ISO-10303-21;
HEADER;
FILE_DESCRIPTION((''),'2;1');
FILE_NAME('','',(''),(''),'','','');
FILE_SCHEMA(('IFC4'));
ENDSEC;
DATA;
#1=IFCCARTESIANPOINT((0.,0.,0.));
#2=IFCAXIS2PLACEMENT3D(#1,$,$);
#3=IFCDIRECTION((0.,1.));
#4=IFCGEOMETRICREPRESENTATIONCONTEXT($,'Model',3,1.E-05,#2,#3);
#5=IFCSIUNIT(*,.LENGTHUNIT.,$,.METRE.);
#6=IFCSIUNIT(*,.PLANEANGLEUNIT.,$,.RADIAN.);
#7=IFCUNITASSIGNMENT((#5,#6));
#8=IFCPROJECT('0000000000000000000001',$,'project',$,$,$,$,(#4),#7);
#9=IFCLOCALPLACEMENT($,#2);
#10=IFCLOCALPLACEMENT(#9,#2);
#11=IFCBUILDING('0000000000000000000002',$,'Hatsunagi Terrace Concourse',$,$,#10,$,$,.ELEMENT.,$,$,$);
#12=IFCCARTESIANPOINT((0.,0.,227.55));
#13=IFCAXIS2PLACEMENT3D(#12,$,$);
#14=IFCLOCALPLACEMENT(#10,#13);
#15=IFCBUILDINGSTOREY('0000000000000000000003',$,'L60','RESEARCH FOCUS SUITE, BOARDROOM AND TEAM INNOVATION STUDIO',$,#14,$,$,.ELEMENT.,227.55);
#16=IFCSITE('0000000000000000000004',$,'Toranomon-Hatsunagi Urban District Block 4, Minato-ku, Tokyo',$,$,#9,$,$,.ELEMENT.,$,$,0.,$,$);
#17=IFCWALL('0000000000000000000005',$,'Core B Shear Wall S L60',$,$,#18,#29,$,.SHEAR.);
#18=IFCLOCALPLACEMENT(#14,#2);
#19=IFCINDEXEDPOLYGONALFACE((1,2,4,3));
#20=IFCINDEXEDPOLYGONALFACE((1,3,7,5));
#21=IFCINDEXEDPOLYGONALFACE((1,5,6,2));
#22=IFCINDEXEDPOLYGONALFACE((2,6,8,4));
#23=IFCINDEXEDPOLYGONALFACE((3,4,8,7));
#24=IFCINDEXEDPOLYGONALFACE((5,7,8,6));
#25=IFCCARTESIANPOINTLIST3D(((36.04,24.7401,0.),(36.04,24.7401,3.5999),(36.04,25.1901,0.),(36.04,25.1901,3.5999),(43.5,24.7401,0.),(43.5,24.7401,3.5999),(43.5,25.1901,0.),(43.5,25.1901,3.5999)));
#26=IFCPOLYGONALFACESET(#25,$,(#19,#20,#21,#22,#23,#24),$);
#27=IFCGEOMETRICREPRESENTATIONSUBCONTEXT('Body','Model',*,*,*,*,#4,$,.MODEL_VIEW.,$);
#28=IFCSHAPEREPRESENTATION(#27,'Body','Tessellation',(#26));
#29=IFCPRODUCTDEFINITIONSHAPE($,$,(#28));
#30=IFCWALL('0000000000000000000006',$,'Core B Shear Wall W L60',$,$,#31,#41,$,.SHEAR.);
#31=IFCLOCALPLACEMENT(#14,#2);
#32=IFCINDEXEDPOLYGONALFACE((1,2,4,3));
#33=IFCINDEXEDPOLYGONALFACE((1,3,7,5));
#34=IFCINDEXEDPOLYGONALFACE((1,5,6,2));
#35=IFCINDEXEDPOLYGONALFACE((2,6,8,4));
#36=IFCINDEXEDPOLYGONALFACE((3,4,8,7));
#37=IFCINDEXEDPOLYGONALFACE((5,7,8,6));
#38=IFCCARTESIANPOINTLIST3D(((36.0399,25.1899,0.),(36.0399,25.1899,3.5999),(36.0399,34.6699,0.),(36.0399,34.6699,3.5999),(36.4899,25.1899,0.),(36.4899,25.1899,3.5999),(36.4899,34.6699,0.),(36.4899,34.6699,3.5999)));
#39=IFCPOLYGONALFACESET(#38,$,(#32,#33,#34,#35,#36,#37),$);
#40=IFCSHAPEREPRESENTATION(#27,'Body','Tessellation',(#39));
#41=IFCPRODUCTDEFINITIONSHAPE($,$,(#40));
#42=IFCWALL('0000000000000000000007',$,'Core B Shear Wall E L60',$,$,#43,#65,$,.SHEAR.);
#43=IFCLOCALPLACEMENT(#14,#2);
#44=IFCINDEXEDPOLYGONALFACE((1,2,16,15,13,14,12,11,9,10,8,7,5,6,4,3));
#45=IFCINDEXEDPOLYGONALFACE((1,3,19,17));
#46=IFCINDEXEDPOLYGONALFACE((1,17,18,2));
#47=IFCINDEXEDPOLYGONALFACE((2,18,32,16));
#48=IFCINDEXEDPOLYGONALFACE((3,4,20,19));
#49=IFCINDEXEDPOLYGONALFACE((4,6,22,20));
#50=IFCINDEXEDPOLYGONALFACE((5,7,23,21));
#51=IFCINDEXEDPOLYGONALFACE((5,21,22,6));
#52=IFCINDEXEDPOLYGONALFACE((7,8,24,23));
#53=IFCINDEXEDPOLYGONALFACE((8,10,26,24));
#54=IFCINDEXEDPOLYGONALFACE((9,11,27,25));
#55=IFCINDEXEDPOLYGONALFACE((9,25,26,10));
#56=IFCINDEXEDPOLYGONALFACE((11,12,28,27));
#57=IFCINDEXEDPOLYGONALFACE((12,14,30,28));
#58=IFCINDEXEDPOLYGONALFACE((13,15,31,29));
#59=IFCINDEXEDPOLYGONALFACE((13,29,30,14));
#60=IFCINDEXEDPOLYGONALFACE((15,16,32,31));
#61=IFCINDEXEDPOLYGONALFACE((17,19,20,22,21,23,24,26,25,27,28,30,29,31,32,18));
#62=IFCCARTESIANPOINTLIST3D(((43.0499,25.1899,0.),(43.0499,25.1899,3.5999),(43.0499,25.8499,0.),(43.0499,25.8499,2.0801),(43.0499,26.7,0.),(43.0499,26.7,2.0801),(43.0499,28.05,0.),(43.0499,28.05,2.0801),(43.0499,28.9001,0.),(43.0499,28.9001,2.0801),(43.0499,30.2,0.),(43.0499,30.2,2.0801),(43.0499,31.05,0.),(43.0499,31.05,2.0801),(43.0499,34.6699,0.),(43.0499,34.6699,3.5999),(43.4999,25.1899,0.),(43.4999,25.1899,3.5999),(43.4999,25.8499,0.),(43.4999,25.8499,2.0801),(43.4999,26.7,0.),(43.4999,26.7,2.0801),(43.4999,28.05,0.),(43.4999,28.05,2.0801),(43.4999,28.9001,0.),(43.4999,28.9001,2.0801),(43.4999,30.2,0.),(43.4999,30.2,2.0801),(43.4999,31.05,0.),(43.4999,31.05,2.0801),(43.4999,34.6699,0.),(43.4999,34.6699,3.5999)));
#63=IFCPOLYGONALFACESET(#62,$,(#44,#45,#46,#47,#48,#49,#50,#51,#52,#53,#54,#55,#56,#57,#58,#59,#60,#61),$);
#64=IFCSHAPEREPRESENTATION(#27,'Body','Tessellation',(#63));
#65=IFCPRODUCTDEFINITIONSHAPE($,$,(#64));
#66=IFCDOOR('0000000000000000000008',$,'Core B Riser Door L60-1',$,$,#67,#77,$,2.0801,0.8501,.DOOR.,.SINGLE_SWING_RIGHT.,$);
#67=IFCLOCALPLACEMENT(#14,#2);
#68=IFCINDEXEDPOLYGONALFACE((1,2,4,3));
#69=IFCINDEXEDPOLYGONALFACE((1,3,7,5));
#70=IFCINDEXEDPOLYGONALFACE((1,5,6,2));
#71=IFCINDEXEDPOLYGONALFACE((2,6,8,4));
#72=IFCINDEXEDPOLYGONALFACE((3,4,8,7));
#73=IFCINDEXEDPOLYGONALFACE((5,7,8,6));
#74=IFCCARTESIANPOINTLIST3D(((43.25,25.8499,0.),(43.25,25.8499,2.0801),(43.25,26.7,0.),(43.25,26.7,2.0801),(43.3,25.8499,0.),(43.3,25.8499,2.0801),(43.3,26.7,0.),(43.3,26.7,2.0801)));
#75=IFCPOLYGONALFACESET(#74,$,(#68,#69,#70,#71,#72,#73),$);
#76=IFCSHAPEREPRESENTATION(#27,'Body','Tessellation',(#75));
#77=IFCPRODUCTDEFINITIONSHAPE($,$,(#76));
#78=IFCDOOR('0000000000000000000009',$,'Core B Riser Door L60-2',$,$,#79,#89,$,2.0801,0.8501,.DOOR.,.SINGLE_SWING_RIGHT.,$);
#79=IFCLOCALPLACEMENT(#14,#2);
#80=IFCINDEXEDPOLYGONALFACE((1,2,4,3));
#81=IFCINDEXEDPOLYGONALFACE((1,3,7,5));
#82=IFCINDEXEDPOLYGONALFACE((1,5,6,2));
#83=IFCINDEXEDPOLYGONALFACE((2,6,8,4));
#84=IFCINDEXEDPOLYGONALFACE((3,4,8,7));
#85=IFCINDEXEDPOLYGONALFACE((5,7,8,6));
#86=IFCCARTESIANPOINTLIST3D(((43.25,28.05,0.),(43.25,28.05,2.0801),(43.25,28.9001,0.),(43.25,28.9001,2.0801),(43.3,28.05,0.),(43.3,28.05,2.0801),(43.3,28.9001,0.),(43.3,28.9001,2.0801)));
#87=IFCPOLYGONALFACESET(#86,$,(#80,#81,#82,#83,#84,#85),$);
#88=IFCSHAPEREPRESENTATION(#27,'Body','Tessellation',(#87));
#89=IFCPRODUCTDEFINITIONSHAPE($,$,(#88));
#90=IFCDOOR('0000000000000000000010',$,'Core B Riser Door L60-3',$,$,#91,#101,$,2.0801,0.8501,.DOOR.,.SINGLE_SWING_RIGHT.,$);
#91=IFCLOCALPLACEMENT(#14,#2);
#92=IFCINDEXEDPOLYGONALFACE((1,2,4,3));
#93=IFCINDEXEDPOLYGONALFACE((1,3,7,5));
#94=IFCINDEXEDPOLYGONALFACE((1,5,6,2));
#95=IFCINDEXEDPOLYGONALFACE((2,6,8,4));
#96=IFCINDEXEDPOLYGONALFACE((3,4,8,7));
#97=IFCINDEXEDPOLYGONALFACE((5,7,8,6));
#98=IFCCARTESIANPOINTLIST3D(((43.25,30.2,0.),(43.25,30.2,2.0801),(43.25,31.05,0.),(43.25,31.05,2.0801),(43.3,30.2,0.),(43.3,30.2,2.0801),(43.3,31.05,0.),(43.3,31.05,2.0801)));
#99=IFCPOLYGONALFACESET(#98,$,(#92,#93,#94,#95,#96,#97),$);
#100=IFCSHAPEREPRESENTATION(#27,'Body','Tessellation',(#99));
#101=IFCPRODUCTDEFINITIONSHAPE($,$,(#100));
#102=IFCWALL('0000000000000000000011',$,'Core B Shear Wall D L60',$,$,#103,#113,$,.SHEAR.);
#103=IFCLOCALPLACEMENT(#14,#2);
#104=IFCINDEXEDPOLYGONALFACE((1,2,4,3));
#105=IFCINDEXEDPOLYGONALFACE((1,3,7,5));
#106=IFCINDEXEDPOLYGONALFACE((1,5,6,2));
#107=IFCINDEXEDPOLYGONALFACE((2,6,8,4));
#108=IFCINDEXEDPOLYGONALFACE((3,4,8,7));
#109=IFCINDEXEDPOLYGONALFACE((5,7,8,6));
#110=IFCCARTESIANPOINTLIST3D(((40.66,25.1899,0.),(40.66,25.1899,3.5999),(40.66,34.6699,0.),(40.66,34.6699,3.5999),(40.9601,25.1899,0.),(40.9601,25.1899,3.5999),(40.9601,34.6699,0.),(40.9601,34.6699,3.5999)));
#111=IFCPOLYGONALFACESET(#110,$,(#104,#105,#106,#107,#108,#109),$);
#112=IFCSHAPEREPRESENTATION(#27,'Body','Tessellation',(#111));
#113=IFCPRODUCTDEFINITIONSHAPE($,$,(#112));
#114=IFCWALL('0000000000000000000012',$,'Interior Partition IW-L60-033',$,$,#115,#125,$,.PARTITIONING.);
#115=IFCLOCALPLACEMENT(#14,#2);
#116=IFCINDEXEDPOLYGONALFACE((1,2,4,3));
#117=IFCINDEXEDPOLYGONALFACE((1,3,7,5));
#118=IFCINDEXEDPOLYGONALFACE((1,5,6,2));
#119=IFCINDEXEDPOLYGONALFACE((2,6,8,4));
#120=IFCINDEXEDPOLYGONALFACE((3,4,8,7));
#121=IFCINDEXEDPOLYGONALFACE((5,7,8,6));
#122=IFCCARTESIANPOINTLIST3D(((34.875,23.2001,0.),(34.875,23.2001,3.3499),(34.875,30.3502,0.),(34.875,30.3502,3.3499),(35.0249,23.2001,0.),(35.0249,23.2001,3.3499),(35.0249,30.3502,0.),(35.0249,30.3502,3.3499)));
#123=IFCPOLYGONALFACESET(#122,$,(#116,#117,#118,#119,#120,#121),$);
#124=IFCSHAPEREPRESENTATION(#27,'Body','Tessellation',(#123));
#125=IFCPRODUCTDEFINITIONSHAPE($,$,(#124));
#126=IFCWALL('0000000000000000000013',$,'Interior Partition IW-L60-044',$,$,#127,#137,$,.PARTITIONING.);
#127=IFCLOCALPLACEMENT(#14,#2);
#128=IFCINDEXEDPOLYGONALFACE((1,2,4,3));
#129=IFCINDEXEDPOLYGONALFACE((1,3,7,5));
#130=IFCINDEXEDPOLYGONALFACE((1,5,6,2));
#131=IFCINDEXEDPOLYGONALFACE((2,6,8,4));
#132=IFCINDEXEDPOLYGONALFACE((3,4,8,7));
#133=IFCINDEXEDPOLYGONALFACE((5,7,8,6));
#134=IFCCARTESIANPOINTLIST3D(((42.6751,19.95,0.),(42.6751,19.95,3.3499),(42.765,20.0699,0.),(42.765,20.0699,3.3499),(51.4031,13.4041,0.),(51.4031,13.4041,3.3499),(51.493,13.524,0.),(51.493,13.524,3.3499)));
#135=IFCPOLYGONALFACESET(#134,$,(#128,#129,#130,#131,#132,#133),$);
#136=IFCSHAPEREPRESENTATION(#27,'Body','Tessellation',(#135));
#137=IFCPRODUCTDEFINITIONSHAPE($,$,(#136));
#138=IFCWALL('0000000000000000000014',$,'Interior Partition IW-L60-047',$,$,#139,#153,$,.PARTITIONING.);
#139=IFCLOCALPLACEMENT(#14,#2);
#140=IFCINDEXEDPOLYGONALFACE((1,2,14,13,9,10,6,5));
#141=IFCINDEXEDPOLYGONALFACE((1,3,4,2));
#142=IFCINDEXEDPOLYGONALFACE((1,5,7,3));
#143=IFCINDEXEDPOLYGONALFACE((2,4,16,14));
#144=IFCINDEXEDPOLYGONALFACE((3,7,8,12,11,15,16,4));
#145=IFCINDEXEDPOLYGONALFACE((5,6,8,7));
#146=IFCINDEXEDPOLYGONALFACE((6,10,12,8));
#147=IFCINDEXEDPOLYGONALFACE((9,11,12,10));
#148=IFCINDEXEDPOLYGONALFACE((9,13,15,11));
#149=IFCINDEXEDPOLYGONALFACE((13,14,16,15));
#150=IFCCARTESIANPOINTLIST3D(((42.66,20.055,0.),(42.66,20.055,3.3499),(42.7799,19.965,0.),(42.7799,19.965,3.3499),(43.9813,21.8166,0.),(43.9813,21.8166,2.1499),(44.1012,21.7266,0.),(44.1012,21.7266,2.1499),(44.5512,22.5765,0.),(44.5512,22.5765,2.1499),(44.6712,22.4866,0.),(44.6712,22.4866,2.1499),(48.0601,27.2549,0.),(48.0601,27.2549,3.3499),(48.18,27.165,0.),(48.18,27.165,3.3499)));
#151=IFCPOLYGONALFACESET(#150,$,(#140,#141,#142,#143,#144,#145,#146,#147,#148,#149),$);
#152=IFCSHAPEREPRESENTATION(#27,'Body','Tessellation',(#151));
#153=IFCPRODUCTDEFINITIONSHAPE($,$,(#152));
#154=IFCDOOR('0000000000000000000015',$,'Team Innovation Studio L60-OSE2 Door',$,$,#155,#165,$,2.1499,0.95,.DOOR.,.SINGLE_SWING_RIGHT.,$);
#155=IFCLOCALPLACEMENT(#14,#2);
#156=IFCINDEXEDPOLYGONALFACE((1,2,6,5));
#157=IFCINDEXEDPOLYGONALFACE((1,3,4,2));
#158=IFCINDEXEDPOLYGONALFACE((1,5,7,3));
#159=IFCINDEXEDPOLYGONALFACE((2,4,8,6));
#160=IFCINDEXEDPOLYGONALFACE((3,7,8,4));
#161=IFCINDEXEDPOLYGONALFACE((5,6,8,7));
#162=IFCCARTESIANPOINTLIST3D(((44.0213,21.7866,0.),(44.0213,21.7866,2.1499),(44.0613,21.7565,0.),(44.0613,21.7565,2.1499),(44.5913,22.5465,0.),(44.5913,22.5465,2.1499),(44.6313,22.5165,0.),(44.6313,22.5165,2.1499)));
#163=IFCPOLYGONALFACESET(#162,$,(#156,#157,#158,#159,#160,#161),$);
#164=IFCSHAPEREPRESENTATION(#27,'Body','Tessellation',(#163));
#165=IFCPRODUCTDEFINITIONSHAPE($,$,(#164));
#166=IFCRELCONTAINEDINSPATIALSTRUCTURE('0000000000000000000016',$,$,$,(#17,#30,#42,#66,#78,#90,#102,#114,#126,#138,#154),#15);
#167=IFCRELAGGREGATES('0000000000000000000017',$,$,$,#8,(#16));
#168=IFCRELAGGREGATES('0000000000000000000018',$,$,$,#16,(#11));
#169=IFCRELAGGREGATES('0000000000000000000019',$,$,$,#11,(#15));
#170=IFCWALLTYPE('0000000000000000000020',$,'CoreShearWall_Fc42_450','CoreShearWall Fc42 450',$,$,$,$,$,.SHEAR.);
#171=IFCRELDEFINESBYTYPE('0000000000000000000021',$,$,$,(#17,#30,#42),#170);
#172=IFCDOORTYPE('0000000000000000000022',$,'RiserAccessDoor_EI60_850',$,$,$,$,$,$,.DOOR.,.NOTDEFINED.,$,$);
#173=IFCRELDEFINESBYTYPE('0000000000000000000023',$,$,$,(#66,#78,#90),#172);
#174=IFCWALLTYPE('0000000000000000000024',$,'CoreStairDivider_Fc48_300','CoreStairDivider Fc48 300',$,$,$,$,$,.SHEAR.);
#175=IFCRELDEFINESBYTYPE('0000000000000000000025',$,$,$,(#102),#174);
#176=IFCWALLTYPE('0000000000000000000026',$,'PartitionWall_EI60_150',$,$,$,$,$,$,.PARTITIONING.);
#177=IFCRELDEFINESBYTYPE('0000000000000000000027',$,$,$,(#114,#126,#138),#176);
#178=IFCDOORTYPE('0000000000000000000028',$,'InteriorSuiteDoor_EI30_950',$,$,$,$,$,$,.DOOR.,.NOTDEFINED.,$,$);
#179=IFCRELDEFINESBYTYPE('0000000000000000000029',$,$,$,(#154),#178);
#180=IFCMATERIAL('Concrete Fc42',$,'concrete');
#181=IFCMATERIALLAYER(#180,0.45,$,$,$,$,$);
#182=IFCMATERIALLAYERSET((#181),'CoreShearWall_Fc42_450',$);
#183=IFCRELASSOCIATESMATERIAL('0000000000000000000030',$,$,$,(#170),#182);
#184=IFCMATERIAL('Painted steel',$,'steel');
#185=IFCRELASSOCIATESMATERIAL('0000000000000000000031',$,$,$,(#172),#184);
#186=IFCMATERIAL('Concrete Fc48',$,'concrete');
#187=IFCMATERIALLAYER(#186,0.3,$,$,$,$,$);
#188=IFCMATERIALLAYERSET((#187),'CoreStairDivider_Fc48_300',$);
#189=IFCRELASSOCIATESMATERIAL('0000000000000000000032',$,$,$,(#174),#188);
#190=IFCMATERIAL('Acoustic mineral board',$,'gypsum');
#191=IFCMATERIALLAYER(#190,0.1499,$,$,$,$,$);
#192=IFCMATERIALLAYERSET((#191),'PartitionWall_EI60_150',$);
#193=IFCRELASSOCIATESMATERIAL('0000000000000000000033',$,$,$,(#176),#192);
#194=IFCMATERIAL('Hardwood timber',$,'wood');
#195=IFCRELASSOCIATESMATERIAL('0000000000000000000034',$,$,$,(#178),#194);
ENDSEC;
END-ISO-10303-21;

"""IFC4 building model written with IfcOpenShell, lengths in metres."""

from ifc_helpers import new_model, si_unit, direction, frame, frame_2d, origin, place, context, subcontext, project, spatial, rectangle, extrude, material, layer, layer_set, type_object, element, fill, save


model = new_model("IFC4")

# Units and contexts
model_context = context("Model", 3, precision=1e-05, world=origin(), true_north=direction((0.0, 1.0)))
body_context = subcontext(model_context, "Body", "Model", "MODEL_VIEW")
ifc_project = project(units=[si_unit("LENGTHUNIT", "METRE"), si_unit("PLANEANGLEUNIT", "RADIAN")], contexts=[model_context])

# Site, building, storey
site_placement = place(None, origin())
site = spatial("IfcSite", under=ifc_project, at=site_placement, Name="Toranomon-Hatsunagi Urban District Block 4, Minato-ku, Tokyo", CompositionType="ELEMENT", RefElevation=0.0)
building_placement = place(site_placement, origin())
building = spatial("IfcBuilding", under=site, at=building_placement, Name="Hatsunagi Terrace Concourse", CompositionType="ELEMENT")
storey_placement = place(building_placement, frame((0.0, 0.0, 227.55)))
storey = spatial("IfcBuildingStorey", under=building, at=storey_placement, Name="L60", Description="RESEARCH FOCUS SUITE, BOARDROOM AND TEAM INNOVATION STUDIO", CompositionType="ELEMENT", Elevation=227.55)

# Walls
ifc_material_1 = material(Name="Concrete Fc42", Category="concrete")
ifc_layer_1 = layer(ifc_material_1, 0.45)
ifc_layer_set_1 = layer_set([ifc_layer_1], Name="CoreShearWall_Fc42_450")
wall_type_1 = type_object("IfcWallType", Name="CoreShearWall_Fc42_450", Description="CoreShearWall Fc42 450", PredefinedType="SHEAR", material=ifc_layer_set_1)
wall_1_placement = place(storey_placement, frame((36.04, 24.9651, 0.0), z_axis=(0.0, 0.0, 1.0), x_axis=(1.0, 0.0, 0.0)))
element("IfcWall", 1, at=wall_1_placement, inside=storey, type_object=wall_type_1, Name="Core B Shear Wall S L60", PredefinedType="SHEAR", context=body_context, shape_type="SweptSolid", body=[
    extrude(rectangle(XDim=7.46, YDim=0.45, at=frame_2d((3.73, 0.0))), origin(), (0.0, 0.0, 1.0), 3.5999),
])
wall_2_placement = place(storey_placement, frame((36.2649, 25.1899, 0.0), z_axis=(0.0, 0.0, 1.0), x_axis=(0.0, 1.0, 0.0)))
element("IfcWall", 2, at=wall_2_placement, inside=storey, type_object=wall_type_1, Name="Core B Shear Wall W L60", PredefinedType="SHEAR", context=body_context, shape_type="SweptSolid", body=[
    extrude(rectangle(XDim=9.48, YDim=0.45, at=frame_2d((4.74, 0.0))), origin(), (0.0, 0.0, 1.0), 3.5999),
])

# Wall, openings, doors
wall_3_placement = place(storey_placement, frame((43.2749, 25.1899, 0.0), z_axis=(0.0, 0.0, 1.0), x_axis=(0.0, 1.0, 0.0)))
wall_3 = element("IfcWall", 3, at=wall_3_placement, inside=storey, type_object=wall_type_1, Name="Core B Shear Wall E L60", PredefinedType="SHEAR", context=body_context, shape_type="SweptSolid", body=[
    extrude(rectangle(XDim=9.48, YDim=0.45, at=frame_2d((4.74, 0.0))), origin(), (0.0, 0.0, 1.0), 3.5999),
])
opening_1_placement = place(wall_3_placement, frame((0.6599, 0.0, 0.0)))
opening_1 = element("IfcOpeningElement", 4, at=opening_1_placement, cuts=wall_3, PredefinedType="OPENING", context=body_context, shape_type="SweptSolid", body=[
    extrude(rectangle(XDim=0.8501, YDim=2.0801, at=frame_2d((0.425, 1.04))), frame((0.0, 0.2349, 0.0), z_axis=(0.0, -1.0, 0.0), x_axis=(1.0, 0.0, 0.0)), (0.0, 0.0, 1.0), 0.47),
])
opening_2_placement = place(wall_3_placement, frame((2.8601, 0.0, 0.0)))
opening_2 = element("IfcOpeningElement", 5, at=opening_2_placement, cuts=wall_3, PredefinedType="OPENING", context=body_context, shape_type="SweptSolid", body=[
    extrude(rectangle(XDim=0.8501, YDim=2.0801, at=frame_2d((0.425, 1.04))), frame((0.0, 0.2349, 0.0), z_axis=(0.0, -1.0, 0.0), x_axis=(1.0, 0.0, 0.0)), (0.0, 0.0, 1.0), 0.47),
])
opening_3_placement = place(wall_3_placement, frame((5.01, 0.0, 0.0)))
opening_3 = element("IfcOpeningElement", 6, at=opening_3_placement, cuts=wall_3, PredefinedType="OPENING", context=body_context, shape_type="SweptSolid", body=[
    extrude(rectangle(XDim=0.8501, YDim=2.0801, at=frame_2d((0.425, 1.04))), frame((0.0, 0.2349, 0.0), z_axis=(0.0, -1.0, 0.0), x_axis=(1.0, 0.0, 0.0)), (0.0, 0.0, 1.0), 0.47),
])
ifc_material_2 = material(Name="Painted steel", Category="steel")
door_type_1 = type_object("IfcDoorType", Name="RiserAccessDoor_EI60_850", OperationType="NOTDEFINED", PredefinedType="DOOR", material=ifc_material_2)
door_1_placement = place(opening_1_placement, origin())
door_1 = element("IfcDoor", 7, at=door_1_placement, inside=storey, type_object=door_type_1, Name="Core B Riser Door L60-1", OperationType="SINGLE_SWING_RIGHT", OverallHeight=2.0801, OverallWidth=0.8501, PredefinedType="DOOR", context=body_context, shape_type="SweptSolid", body=[
    extrude(rectangle(XDim=0.8501, YDim=2.0801, at=frame_2d((0.425, 1.04))), frame((0.0, 0.0249, 0.0), z_axis=(0.0, -1.0, 0.0), x_axis=(1.0, 0.0, 0.0)), (0.0, 0.0, 1.0), 0.05),
])
fill(opening_1, door_1)
door_2_placement = place(opening_2_placement, origin())
door_2 = element("IfcDoor", 8, at=door_2_placement, inside=storey, type_object=door_type_1, Name="Core B Riser Door L60-2", OperationType="SINGLE_SWING_RIGHT", OverallHeight=2.0801, OverallWidth=0.8501, PredefinedType="DOOR", context=body_context, shape_type="SweptSolid", body=[
    extrude(rectangle(XDim=0.8501, YDim=2.0801, at=frame_2d((0.425, 1.04))), frame((0.0, 0.0249, 0.0), z_axis=(0.0, -1.0, 0.0), x_axis=(1.0, 0.0, 0.0)), (0.0, 0.0, 1.0), 0.05),
])
fill(opening_2, door_2)
door_3_placement = place(opening_3_placement, origin())
door_3 = element("IfcDoor", 9, at=door_3_placement, inside=storey, type_object=door_type_1, Name="Core B Riser Door L60-3", OperationType="SINGLE_SWING_RIGHT", OverallHeight=2.0801, OverallWidth=0.8501, PredefinedType="DOOR", context=body_context, shape_type="SweptSolid", body=[
    extrude(rectangle(XDim=0.8501, YDim=2.0801, at=frame_2d((0.425, 1.04))), frame((0.0, 0.0249, 0.0), z_axis=(0.0, -1.0, 0.0), x_axis=(1.0, 0.0, 0.0)), (0.0, 0.0, 1.0), 0.05),
])
fill(opening_3, door_3)

# Walls
ifc_material_3 = material(Name="Concrete Fc48", Category="concrete")
ifc_layer_2 = layer(ifc_material_3, 0.3)
ifc_layer_set_2 = layer_set([ifc_layer_2], Name="CoreStairDivider_Fc48_300")
wall_type_2 = type_object("IfcWallType", Name="CoreStairDivider_Fc48_300", Description="CoreStairDivider Fc48 300", PredefinedType="SHEAR", material=ifc_layer_set_2)
wall_4_placement = place(storey_placement, frame((40.8101, 25.1899, 0.0), z_axis=(0.0, 0.0, 1.0), x_axis=(0.0, 1.0, 0.0)))
element("IfcWall", 10, at=wall_4_placement, inside=storey, type_object=wall_type_2, Name="Core B Shear Wall D L60", PredefinedType="SHEAR", context=body_context, shape_type="SweptSolid", body=[
    extrude(rectangle(XDim=9.48, YDim=0.3, at=frame_2d((4.74, 0.0))), origin(), (0.0, 0.0, 1.0), 3.5999),
])
ifc_material_4 = material(Name="Acoustic mineral board", Category="gypsum")
ifc_layer_3 = layer(ifc_material_4, 0.1499)
ifc_layer_set_3 = layer_set([ifc_layer_3], Name="PartitionWall_EI60_150")
wall_type_3 = type_object("IfcWallType", Name="PartitionWall_EI60_150", PredefinedType="PARTITIONING", material=ifc_layer_set_3)
wall_5_placement = place(storey_placement, frame((34.95, 23.2, 0.0), z_axis=(0.0, 0.0, 1.0), x_axis=(0.0, 1.0, 0.0)))
element("IfcWall", 11, at=wall_5_placement, inside=storey, type_object=wall_type_3, Name="Interior Partition IW-L60-033", PredefinedType="PARTITIONING", context=body_context, shape_type="SweptSolid", body=[
    extrude(rectangle(XDim=7.1501, YDim=0.1499, at=frame_2d((3.5752, 0.0))), origin(), (0.0, 0.0, 1.0), 3.3499),
])
wall_6_placement = place(storey_placement, frame((42.72, 20.01, 0.0), z_axis=(0.0, 0.0, 1.0), x_axis=(0.800005, -0.599993, 0.0)))
element("IfcWall", 12, at=wall_6_placement, inside=storey, type_object=wall_type_3, Name="Interior Partition IW-L60-044", PredefinedType="PARTITIONING", context=body_context, shape_type="SweptSolid", body=[
    extrude(rectangle(XDim=10.9099, YDim=0.1499, at=frame_2d((5.4551, 0.0))), origin(), (0.0, 0.0, 1.0), 3.3499),
])

# Wall, opening, door
wall_7_placement = place(storey_placement, frame((42.72, 20.01, 0.0), z_axis=(0.0, 0.0, 1.0), x_axis=(0.600013, 0.79999, 0.0)))
wall_7 = element("IfcWall", 13, at=wall_7_placement, inside=storey, type_object=wall_type_3, Name="Interior Partition IW-L60-047", PredefinedType="PARTITIONING", context=body_context, shape_type="SweptSolid", body=[
    extrude(rectangle(XDim=9.0, YDim=0.1499, at=frame_2d((4.5, 0.0))), origin(), (0.0, 0.0, 1.0), 3.3499),
])
opening_4_placement = place(wall_7_placement, frame((2.2019, 0.0, 0.0)))
opening_4 = element("IfcOpeningElement", 14, at=opening_4_placement, cuts=wall_7, PredefinedType="OPENING", context=body_context, shape_type="SweptSolid", body=[
    extrude(rectangle(XDim=0.95, YDim=2.1499, at=frame_2d((0.4751, 1.075))), frame((0.0, 0.085, 0.0), z_axis=(0.0, -1.0, 0.0), x_axis=(1.0, 0.0, 0.0)), (0.0, 0.0, 1.0), 0.1699),
])
ifc_material_5 = material(Name="Hardwood timber", Category="wood")
door_type_2 = type_object("IfcDoorType", Name="InteriorSuiteDoor_EI30_950", OperationType="NOTDEFINED", PredefinedType="DOOR", material=ifc_material_5)
door_4_placement = place(opening_4_placement, origin())
door_4 = element("IfcDoor", 15, at=door_4_placement, inside=storey, type_object=door_type_2, Name="Team Innovation Studio L60-OSE2 Door", OperationType="SINGLE_SWING_RIGHT", OverallHeight=2.1499, OverallWidth=0.95, PredefinedType="DOOR", context=body_context, shape_type="SweptSolid", body=[
    extrude(rectangle(XDim=0.95, YDim=2.1499, at=frame_2d((0.4751, 1.075))), frame((0.0, 0.0249, 0.0), z_axis=(0.0, -1.0, 0.0), x_axis=(1.0, 0.0, 0.0)), (0.0, 0.0, 1.0), 0.05),
])
fill(opening_4, door_4)

save(model, "model.ifc")
